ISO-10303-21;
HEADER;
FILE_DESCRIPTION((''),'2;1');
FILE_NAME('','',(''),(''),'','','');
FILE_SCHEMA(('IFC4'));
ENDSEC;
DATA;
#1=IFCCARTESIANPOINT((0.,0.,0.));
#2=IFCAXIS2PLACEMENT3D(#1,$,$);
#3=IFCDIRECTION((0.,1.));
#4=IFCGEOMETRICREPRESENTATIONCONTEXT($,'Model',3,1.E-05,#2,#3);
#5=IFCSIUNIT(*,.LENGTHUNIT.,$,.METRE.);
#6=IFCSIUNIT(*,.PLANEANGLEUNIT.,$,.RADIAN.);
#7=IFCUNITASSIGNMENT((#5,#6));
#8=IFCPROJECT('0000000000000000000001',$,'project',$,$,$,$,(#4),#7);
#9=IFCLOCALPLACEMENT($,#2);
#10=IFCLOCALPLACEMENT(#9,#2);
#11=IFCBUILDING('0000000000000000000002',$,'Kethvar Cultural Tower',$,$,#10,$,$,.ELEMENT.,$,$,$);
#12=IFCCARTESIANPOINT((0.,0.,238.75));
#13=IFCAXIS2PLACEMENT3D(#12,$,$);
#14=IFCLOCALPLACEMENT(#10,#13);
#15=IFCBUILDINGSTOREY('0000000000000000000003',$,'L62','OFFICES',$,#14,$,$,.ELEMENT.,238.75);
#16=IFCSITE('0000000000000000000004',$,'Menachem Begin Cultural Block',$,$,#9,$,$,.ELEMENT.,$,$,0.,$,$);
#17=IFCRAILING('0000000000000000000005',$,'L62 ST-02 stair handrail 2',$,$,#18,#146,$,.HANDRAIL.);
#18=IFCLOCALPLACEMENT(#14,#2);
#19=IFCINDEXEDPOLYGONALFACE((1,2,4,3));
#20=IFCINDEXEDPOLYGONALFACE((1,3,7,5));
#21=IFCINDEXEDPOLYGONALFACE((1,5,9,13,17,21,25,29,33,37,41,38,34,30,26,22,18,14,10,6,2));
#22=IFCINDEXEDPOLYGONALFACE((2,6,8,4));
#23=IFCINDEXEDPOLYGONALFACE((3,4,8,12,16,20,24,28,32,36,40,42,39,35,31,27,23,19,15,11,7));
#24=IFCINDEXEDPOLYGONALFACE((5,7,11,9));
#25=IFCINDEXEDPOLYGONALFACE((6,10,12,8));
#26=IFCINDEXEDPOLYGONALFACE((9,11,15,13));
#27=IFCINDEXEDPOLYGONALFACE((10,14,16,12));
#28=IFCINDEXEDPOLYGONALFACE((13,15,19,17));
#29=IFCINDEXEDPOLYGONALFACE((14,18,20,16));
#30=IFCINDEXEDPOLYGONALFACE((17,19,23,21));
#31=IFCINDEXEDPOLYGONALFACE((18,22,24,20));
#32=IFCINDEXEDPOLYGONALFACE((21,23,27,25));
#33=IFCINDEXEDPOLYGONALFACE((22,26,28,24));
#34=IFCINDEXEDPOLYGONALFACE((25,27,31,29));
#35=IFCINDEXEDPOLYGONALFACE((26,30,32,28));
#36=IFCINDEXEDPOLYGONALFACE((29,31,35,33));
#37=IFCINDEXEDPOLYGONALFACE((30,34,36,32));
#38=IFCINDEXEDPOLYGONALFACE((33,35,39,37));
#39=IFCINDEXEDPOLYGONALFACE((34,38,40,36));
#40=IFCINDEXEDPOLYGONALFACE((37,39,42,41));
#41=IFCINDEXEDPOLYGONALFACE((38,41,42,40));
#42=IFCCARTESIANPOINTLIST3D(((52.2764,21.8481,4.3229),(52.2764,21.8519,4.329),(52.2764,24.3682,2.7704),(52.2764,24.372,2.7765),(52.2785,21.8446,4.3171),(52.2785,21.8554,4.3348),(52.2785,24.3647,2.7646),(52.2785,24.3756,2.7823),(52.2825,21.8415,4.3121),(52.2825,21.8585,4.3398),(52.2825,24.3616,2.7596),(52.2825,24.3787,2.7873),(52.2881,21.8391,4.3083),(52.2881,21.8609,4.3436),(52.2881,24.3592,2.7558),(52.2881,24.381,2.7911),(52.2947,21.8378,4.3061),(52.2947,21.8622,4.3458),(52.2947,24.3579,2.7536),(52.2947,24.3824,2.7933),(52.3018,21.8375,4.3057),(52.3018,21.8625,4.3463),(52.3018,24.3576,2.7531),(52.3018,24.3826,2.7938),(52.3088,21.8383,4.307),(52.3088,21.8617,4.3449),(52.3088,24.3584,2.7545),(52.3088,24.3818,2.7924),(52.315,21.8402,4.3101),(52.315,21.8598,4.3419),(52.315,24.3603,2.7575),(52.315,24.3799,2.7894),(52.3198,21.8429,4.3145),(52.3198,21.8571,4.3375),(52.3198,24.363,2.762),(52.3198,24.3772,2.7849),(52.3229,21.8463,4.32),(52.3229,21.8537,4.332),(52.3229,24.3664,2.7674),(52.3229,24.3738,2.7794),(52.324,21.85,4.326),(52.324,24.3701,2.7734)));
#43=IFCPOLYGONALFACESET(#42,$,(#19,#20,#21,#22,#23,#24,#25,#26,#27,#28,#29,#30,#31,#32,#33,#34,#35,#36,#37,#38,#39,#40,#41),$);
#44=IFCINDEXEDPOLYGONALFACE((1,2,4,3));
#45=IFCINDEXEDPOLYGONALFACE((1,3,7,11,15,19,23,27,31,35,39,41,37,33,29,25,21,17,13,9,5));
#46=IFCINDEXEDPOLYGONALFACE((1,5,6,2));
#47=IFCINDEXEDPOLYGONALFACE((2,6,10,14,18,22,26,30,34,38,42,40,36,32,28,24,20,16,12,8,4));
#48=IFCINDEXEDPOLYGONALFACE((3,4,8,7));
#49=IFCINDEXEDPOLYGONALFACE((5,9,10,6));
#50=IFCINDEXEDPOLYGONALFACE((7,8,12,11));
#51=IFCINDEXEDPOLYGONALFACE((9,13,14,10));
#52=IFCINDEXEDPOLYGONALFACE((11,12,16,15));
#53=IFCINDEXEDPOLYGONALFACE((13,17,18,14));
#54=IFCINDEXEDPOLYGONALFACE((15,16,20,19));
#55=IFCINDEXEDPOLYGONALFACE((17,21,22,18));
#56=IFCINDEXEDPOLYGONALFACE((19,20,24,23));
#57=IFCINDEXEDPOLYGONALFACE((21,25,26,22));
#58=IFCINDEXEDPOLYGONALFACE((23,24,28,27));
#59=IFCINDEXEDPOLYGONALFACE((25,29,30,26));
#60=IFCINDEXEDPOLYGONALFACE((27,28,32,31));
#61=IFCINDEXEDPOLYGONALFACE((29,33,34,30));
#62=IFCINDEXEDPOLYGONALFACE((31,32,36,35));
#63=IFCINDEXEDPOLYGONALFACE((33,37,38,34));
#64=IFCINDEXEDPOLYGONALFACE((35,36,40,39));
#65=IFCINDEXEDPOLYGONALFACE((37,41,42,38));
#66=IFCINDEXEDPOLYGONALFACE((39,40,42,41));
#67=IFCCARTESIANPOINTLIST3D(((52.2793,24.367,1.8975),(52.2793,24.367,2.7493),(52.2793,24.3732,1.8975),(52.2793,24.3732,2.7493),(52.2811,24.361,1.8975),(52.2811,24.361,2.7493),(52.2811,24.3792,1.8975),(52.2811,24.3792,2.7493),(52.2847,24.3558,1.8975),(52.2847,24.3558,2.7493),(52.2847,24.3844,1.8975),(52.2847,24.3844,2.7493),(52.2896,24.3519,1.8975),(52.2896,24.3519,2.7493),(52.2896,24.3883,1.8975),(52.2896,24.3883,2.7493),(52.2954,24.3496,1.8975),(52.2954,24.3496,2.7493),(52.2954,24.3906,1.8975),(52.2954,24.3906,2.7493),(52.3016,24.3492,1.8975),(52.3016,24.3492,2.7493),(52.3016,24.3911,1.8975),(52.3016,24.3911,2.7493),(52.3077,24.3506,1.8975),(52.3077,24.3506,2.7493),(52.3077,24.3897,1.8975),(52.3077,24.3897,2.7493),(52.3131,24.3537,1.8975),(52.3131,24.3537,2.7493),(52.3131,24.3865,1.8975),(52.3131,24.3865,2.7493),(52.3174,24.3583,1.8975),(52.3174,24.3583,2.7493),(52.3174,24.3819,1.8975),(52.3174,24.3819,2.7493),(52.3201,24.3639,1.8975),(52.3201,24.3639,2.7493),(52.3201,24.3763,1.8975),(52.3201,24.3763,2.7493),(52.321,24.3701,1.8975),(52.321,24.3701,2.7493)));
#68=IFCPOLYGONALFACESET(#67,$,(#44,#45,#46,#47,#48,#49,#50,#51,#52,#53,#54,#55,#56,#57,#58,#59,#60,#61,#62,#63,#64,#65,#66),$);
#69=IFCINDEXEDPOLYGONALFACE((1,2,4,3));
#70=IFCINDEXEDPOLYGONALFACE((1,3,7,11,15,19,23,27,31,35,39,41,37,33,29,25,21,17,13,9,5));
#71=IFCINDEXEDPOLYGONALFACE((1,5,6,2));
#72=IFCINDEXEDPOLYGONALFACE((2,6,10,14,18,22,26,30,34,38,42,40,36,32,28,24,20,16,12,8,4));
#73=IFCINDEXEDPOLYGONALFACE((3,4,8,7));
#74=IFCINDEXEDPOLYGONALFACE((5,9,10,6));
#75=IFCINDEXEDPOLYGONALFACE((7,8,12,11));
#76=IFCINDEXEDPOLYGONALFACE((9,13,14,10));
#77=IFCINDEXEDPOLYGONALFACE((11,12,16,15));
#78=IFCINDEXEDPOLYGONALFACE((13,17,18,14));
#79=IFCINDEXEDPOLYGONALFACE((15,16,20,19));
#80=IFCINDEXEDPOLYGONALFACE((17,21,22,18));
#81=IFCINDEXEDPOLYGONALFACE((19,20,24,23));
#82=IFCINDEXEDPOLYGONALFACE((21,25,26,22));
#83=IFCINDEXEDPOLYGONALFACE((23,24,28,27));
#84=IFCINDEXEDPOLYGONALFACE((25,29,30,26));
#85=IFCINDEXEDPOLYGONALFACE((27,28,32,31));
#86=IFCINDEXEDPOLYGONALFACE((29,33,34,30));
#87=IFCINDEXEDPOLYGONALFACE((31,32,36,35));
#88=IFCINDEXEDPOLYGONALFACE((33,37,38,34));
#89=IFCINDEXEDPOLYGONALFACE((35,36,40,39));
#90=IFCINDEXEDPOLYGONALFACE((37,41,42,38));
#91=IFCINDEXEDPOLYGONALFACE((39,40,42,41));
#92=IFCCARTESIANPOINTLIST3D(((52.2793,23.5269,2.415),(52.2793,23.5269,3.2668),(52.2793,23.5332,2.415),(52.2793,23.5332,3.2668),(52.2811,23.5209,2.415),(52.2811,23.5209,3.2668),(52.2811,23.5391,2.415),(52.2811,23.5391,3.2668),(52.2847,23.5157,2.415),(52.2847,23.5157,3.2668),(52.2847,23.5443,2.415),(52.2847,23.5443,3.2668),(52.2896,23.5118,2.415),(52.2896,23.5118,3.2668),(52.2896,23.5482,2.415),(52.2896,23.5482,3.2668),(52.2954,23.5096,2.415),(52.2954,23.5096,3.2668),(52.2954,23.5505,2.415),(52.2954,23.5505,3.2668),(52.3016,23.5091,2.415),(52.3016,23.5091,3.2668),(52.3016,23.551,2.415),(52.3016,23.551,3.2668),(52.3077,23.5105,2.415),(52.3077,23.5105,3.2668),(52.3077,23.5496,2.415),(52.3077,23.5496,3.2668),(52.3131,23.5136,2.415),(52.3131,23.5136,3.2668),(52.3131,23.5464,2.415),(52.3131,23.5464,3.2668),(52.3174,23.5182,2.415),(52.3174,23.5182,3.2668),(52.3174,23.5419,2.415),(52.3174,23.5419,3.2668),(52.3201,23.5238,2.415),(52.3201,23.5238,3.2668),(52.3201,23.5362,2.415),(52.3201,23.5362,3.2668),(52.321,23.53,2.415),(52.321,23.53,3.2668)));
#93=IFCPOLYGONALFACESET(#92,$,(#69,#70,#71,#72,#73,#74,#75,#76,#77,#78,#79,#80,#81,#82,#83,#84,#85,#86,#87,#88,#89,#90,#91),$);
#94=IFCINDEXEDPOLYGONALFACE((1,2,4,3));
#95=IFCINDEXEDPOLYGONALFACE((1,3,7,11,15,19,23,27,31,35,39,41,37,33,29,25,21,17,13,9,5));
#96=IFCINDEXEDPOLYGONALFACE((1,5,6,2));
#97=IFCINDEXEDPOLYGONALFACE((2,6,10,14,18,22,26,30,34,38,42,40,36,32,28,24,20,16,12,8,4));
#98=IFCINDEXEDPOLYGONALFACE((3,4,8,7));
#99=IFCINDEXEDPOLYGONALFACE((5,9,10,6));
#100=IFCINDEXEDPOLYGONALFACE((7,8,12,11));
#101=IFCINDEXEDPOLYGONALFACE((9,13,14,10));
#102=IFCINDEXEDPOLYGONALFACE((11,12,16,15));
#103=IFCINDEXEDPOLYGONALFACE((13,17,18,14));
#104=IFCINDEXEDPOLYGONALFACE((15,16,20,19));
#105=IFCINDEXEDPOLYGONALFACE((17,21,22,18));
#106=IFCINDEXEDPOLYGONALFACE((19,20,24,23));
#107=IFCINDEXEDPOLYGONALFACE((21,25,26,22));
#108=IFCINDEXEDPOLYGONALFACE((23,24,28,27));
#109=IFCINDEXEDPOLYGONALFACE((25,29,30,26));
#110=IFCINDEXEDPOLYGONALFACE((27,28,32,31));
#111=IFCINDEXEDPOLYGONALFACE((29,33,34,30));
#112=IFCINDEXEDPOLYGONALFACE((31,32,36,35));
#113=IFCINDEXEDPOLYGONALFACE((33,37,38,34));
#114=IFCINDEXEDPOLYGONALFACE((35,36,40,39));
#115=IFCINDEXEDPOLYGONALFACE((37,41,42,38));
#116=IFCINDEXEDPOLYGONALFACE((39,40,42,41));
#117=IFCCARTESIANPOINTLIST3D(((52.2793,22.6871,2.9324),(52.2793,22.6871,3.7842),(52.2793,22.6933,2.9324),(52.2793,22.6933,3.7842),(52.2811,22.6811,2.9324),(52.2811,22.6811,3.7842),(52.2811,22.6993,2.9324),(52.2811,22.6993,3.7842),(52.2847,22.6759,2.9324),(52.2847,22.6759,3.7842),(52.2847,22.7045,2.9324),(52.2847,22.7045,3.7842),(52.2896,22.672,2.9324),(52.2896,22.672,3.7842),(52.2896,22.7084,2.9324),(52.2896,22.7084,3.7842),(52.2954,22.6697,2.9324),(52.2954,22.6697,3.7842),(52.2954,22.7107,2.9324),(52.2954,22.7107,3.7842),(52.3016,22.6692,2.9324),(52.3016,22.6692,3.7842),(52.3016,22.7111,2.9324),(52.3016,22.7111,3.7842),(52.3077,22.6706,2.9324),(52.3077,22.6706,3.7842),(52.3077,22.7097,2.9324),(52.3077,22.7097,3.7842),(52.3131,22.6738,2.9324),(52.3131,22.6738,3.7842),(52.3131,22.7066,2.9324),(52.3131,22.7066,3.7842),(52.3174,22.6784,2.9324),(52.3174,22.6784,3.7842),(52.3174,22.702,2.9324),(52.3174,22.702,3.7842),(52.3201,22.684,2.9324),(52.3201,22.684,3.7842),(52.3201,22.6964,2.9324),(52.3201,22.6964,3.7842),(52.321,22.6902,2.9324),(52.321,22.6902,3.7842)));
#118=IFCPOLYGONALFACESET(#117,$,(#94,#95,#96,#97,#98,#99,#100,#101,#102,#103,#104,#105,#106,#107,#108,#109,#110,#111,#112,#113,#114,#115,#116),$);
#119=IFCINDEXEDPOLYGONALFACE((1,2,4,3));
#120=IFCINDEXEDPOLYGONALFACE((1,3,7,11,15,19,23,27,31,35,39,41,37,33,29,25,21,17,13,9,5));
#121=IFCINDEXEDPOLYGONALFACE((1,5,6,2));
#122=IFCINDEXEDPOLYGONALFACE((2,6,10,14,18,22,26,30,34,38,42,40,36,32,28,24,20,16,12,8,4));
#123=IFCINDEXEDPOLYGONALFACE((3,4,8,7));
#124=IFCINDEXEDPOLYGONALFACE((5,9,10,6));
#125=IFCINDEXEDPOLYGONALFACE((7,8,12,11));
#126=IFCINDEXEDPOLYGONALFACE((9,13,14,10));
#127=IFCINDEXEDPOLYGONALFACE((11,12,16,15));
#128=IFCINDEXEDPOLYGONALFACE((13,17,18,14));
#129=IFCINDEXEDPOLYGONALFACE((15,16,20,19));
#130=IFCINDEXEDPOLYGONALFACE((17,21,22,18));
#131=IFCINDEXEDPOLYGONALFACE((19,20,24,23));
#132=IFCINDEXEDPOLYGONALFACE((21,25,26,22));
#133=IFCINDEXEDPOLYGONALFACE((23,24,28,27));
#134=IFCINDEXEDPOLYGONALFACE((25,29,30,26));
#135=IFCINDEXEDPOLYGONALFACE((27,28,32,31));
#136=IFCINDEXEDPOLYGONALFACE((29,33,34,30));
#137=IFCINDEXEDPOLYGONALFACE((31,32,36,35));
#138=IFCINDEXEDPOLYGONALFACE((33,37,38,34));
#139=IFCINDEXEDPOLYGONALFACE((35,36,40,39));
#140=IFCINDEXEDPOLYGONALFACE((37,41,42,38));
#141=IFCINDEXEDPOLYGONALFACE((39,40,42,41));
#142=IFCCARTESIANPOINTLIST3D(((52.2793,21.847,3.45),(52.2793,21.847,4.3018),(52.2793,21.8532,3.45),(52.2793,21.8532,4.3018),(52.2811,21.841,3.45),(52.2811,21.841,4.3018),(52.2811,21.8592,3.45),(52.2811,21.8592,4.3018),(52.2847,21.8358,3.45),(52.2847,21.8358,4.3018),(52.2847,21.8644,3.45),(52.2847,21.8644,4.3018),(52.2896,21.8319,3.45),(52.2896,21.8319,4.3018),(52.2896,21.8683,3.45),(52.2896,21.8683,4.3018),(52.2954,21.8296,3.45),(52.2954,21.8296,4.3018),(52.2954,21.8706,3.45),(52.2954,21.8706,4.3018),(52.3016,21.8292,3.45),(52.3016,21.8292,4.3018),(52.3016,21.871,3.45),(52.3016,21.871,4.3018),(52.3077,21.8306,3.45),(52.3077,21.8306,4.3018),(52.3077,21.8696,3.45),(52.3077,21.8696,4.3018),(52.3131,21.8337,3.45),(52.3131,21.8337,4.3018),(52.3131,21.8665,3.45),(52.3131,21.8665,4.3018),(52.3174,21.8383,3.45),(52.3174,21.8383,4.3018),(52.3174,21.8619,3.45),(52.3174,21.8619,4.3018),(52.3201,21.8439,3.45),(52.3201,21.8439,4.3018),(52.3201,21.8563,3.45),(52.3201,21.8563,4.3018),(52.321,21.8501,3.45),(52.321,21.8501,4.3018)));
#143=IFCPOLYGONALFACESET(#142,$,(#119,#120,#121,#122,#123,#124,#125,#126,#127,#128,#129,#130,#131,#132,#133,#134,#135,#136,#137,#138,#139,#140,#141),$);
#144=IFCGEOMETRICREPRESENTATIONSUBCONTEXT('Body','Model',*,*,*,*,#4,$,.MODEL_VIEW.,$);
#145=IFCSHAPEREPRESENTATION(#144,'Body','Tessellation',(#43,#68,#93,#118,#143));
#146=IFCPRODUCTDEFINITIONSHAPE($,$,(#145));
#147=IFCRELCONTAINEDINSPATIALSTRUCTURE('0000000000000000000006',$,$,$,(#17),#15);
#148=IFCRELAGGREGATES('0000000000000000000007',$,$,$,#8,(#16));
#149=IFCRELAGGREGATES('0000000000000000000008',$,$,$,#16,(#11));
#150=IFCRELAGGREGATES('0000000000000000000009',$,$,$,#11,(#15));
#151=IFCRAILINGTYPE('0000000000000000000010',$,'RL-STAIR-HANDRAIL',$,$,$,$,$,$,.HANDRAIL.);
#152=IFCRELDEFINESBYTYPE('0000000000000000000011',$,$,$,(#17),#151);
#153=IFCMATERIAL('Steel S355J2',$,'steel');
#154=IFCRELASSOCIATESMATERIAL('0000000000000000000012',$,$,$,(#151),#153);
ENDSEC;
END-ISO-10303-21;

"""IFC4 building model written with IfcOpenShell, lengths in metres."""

from ifc_helpers import new_model, si_unit, direction, frame, origin, origin_2d, place, context, subcontext, project, spatial, circle, extrude, material, type_object, element, save


model = new_model("IFC4")

# Units and contexts
model_context = context("Model", 3, precision=1e-05, world=origin(), true_north=direction((0.0, 1.0)))
body_context = subcontext(model_context, "Body", "Model", "MODEL_VIEW")
ifc_project = project(units=[si_unit("LENGTHUNIT", "METRE"), si_unit("PLANEANGLEUNIT", "RADIAN")], contexts=[model_context])

# Site, building, storey
site_placement = place(None, origin())
site = spatial("IfcSite", under=ifc_project, at=site_placement, Name="Menachem Begin Cultural Block", CompositionType="ELEMENT", RefElevation=0.0)
building_placement = place(site_placement, origin())
building = spatial("IfcBuilding", under=site, at=building_placement, Name="Kethvar Cultural Tower", CompositionType="ELEMENT")
storey_placement = place(building_placement, frame((0.0, 0.0, 238.75)))
storey = spatial("IfcBuildingStorey", under=building, at=storey_placement, Name="L62", Description="OFFICES", CompositionType="ELEMENT", Elevation=238.75)

# Shared definitions
ifc_material_1 = material(Name="Steel S355J2", Category="steel")

# Railing
railing_type_1 = type_object("IfcRailingType", Name="RL-STAIR-HANDRAIL", PredefinedType="HANDRAIL", material=ifc_material_1)
railing_1_placement = place(storey_placement, frame((52.3, 24.3701, 1.8975)))
element("IfcRailing", 1, at=railing_1_placement, inside=storey, type_object=railing_type_1, Name="L62 ST-02 stair handrail 2", PredefinedType="HANDRAIL", context=body_context, shape_type="SweptSolid", body=[
    extrude(circle(Radius=0.0239, at=origin_2d()), frame((0.0, 0.0, 0.876), z_axis=(0.0, -0.8514, 0.524516), x_axis=(1.0, 0.0, 0.0)), (0.0, 0.0, 1.0), 2.96),
    extrude(circle(Radius=0.021, at=origin_2d()), origin(), (0.0, 0.0, 1.0), 0.8518),
    extrude(circle(Radius=0.021, at=origin_2d()), frame((0.0, -0.8401, 0.5176)), (0.0, 0.0, 1.0), 0.8518),
    extrude(circle(Radius=0.021, at=origin_2d()), frame((0.0, -1.6799, 1.0349)), (0.0, 0.0, 1.0), 0.8518),
    extrude(circle(Radius=0.021, at=origin_2d()), frame((0.0, -2.52, 1.5525)), (0.0, 0.0, 1.0), 0.8518),
])

save(model, "model.ifc")
